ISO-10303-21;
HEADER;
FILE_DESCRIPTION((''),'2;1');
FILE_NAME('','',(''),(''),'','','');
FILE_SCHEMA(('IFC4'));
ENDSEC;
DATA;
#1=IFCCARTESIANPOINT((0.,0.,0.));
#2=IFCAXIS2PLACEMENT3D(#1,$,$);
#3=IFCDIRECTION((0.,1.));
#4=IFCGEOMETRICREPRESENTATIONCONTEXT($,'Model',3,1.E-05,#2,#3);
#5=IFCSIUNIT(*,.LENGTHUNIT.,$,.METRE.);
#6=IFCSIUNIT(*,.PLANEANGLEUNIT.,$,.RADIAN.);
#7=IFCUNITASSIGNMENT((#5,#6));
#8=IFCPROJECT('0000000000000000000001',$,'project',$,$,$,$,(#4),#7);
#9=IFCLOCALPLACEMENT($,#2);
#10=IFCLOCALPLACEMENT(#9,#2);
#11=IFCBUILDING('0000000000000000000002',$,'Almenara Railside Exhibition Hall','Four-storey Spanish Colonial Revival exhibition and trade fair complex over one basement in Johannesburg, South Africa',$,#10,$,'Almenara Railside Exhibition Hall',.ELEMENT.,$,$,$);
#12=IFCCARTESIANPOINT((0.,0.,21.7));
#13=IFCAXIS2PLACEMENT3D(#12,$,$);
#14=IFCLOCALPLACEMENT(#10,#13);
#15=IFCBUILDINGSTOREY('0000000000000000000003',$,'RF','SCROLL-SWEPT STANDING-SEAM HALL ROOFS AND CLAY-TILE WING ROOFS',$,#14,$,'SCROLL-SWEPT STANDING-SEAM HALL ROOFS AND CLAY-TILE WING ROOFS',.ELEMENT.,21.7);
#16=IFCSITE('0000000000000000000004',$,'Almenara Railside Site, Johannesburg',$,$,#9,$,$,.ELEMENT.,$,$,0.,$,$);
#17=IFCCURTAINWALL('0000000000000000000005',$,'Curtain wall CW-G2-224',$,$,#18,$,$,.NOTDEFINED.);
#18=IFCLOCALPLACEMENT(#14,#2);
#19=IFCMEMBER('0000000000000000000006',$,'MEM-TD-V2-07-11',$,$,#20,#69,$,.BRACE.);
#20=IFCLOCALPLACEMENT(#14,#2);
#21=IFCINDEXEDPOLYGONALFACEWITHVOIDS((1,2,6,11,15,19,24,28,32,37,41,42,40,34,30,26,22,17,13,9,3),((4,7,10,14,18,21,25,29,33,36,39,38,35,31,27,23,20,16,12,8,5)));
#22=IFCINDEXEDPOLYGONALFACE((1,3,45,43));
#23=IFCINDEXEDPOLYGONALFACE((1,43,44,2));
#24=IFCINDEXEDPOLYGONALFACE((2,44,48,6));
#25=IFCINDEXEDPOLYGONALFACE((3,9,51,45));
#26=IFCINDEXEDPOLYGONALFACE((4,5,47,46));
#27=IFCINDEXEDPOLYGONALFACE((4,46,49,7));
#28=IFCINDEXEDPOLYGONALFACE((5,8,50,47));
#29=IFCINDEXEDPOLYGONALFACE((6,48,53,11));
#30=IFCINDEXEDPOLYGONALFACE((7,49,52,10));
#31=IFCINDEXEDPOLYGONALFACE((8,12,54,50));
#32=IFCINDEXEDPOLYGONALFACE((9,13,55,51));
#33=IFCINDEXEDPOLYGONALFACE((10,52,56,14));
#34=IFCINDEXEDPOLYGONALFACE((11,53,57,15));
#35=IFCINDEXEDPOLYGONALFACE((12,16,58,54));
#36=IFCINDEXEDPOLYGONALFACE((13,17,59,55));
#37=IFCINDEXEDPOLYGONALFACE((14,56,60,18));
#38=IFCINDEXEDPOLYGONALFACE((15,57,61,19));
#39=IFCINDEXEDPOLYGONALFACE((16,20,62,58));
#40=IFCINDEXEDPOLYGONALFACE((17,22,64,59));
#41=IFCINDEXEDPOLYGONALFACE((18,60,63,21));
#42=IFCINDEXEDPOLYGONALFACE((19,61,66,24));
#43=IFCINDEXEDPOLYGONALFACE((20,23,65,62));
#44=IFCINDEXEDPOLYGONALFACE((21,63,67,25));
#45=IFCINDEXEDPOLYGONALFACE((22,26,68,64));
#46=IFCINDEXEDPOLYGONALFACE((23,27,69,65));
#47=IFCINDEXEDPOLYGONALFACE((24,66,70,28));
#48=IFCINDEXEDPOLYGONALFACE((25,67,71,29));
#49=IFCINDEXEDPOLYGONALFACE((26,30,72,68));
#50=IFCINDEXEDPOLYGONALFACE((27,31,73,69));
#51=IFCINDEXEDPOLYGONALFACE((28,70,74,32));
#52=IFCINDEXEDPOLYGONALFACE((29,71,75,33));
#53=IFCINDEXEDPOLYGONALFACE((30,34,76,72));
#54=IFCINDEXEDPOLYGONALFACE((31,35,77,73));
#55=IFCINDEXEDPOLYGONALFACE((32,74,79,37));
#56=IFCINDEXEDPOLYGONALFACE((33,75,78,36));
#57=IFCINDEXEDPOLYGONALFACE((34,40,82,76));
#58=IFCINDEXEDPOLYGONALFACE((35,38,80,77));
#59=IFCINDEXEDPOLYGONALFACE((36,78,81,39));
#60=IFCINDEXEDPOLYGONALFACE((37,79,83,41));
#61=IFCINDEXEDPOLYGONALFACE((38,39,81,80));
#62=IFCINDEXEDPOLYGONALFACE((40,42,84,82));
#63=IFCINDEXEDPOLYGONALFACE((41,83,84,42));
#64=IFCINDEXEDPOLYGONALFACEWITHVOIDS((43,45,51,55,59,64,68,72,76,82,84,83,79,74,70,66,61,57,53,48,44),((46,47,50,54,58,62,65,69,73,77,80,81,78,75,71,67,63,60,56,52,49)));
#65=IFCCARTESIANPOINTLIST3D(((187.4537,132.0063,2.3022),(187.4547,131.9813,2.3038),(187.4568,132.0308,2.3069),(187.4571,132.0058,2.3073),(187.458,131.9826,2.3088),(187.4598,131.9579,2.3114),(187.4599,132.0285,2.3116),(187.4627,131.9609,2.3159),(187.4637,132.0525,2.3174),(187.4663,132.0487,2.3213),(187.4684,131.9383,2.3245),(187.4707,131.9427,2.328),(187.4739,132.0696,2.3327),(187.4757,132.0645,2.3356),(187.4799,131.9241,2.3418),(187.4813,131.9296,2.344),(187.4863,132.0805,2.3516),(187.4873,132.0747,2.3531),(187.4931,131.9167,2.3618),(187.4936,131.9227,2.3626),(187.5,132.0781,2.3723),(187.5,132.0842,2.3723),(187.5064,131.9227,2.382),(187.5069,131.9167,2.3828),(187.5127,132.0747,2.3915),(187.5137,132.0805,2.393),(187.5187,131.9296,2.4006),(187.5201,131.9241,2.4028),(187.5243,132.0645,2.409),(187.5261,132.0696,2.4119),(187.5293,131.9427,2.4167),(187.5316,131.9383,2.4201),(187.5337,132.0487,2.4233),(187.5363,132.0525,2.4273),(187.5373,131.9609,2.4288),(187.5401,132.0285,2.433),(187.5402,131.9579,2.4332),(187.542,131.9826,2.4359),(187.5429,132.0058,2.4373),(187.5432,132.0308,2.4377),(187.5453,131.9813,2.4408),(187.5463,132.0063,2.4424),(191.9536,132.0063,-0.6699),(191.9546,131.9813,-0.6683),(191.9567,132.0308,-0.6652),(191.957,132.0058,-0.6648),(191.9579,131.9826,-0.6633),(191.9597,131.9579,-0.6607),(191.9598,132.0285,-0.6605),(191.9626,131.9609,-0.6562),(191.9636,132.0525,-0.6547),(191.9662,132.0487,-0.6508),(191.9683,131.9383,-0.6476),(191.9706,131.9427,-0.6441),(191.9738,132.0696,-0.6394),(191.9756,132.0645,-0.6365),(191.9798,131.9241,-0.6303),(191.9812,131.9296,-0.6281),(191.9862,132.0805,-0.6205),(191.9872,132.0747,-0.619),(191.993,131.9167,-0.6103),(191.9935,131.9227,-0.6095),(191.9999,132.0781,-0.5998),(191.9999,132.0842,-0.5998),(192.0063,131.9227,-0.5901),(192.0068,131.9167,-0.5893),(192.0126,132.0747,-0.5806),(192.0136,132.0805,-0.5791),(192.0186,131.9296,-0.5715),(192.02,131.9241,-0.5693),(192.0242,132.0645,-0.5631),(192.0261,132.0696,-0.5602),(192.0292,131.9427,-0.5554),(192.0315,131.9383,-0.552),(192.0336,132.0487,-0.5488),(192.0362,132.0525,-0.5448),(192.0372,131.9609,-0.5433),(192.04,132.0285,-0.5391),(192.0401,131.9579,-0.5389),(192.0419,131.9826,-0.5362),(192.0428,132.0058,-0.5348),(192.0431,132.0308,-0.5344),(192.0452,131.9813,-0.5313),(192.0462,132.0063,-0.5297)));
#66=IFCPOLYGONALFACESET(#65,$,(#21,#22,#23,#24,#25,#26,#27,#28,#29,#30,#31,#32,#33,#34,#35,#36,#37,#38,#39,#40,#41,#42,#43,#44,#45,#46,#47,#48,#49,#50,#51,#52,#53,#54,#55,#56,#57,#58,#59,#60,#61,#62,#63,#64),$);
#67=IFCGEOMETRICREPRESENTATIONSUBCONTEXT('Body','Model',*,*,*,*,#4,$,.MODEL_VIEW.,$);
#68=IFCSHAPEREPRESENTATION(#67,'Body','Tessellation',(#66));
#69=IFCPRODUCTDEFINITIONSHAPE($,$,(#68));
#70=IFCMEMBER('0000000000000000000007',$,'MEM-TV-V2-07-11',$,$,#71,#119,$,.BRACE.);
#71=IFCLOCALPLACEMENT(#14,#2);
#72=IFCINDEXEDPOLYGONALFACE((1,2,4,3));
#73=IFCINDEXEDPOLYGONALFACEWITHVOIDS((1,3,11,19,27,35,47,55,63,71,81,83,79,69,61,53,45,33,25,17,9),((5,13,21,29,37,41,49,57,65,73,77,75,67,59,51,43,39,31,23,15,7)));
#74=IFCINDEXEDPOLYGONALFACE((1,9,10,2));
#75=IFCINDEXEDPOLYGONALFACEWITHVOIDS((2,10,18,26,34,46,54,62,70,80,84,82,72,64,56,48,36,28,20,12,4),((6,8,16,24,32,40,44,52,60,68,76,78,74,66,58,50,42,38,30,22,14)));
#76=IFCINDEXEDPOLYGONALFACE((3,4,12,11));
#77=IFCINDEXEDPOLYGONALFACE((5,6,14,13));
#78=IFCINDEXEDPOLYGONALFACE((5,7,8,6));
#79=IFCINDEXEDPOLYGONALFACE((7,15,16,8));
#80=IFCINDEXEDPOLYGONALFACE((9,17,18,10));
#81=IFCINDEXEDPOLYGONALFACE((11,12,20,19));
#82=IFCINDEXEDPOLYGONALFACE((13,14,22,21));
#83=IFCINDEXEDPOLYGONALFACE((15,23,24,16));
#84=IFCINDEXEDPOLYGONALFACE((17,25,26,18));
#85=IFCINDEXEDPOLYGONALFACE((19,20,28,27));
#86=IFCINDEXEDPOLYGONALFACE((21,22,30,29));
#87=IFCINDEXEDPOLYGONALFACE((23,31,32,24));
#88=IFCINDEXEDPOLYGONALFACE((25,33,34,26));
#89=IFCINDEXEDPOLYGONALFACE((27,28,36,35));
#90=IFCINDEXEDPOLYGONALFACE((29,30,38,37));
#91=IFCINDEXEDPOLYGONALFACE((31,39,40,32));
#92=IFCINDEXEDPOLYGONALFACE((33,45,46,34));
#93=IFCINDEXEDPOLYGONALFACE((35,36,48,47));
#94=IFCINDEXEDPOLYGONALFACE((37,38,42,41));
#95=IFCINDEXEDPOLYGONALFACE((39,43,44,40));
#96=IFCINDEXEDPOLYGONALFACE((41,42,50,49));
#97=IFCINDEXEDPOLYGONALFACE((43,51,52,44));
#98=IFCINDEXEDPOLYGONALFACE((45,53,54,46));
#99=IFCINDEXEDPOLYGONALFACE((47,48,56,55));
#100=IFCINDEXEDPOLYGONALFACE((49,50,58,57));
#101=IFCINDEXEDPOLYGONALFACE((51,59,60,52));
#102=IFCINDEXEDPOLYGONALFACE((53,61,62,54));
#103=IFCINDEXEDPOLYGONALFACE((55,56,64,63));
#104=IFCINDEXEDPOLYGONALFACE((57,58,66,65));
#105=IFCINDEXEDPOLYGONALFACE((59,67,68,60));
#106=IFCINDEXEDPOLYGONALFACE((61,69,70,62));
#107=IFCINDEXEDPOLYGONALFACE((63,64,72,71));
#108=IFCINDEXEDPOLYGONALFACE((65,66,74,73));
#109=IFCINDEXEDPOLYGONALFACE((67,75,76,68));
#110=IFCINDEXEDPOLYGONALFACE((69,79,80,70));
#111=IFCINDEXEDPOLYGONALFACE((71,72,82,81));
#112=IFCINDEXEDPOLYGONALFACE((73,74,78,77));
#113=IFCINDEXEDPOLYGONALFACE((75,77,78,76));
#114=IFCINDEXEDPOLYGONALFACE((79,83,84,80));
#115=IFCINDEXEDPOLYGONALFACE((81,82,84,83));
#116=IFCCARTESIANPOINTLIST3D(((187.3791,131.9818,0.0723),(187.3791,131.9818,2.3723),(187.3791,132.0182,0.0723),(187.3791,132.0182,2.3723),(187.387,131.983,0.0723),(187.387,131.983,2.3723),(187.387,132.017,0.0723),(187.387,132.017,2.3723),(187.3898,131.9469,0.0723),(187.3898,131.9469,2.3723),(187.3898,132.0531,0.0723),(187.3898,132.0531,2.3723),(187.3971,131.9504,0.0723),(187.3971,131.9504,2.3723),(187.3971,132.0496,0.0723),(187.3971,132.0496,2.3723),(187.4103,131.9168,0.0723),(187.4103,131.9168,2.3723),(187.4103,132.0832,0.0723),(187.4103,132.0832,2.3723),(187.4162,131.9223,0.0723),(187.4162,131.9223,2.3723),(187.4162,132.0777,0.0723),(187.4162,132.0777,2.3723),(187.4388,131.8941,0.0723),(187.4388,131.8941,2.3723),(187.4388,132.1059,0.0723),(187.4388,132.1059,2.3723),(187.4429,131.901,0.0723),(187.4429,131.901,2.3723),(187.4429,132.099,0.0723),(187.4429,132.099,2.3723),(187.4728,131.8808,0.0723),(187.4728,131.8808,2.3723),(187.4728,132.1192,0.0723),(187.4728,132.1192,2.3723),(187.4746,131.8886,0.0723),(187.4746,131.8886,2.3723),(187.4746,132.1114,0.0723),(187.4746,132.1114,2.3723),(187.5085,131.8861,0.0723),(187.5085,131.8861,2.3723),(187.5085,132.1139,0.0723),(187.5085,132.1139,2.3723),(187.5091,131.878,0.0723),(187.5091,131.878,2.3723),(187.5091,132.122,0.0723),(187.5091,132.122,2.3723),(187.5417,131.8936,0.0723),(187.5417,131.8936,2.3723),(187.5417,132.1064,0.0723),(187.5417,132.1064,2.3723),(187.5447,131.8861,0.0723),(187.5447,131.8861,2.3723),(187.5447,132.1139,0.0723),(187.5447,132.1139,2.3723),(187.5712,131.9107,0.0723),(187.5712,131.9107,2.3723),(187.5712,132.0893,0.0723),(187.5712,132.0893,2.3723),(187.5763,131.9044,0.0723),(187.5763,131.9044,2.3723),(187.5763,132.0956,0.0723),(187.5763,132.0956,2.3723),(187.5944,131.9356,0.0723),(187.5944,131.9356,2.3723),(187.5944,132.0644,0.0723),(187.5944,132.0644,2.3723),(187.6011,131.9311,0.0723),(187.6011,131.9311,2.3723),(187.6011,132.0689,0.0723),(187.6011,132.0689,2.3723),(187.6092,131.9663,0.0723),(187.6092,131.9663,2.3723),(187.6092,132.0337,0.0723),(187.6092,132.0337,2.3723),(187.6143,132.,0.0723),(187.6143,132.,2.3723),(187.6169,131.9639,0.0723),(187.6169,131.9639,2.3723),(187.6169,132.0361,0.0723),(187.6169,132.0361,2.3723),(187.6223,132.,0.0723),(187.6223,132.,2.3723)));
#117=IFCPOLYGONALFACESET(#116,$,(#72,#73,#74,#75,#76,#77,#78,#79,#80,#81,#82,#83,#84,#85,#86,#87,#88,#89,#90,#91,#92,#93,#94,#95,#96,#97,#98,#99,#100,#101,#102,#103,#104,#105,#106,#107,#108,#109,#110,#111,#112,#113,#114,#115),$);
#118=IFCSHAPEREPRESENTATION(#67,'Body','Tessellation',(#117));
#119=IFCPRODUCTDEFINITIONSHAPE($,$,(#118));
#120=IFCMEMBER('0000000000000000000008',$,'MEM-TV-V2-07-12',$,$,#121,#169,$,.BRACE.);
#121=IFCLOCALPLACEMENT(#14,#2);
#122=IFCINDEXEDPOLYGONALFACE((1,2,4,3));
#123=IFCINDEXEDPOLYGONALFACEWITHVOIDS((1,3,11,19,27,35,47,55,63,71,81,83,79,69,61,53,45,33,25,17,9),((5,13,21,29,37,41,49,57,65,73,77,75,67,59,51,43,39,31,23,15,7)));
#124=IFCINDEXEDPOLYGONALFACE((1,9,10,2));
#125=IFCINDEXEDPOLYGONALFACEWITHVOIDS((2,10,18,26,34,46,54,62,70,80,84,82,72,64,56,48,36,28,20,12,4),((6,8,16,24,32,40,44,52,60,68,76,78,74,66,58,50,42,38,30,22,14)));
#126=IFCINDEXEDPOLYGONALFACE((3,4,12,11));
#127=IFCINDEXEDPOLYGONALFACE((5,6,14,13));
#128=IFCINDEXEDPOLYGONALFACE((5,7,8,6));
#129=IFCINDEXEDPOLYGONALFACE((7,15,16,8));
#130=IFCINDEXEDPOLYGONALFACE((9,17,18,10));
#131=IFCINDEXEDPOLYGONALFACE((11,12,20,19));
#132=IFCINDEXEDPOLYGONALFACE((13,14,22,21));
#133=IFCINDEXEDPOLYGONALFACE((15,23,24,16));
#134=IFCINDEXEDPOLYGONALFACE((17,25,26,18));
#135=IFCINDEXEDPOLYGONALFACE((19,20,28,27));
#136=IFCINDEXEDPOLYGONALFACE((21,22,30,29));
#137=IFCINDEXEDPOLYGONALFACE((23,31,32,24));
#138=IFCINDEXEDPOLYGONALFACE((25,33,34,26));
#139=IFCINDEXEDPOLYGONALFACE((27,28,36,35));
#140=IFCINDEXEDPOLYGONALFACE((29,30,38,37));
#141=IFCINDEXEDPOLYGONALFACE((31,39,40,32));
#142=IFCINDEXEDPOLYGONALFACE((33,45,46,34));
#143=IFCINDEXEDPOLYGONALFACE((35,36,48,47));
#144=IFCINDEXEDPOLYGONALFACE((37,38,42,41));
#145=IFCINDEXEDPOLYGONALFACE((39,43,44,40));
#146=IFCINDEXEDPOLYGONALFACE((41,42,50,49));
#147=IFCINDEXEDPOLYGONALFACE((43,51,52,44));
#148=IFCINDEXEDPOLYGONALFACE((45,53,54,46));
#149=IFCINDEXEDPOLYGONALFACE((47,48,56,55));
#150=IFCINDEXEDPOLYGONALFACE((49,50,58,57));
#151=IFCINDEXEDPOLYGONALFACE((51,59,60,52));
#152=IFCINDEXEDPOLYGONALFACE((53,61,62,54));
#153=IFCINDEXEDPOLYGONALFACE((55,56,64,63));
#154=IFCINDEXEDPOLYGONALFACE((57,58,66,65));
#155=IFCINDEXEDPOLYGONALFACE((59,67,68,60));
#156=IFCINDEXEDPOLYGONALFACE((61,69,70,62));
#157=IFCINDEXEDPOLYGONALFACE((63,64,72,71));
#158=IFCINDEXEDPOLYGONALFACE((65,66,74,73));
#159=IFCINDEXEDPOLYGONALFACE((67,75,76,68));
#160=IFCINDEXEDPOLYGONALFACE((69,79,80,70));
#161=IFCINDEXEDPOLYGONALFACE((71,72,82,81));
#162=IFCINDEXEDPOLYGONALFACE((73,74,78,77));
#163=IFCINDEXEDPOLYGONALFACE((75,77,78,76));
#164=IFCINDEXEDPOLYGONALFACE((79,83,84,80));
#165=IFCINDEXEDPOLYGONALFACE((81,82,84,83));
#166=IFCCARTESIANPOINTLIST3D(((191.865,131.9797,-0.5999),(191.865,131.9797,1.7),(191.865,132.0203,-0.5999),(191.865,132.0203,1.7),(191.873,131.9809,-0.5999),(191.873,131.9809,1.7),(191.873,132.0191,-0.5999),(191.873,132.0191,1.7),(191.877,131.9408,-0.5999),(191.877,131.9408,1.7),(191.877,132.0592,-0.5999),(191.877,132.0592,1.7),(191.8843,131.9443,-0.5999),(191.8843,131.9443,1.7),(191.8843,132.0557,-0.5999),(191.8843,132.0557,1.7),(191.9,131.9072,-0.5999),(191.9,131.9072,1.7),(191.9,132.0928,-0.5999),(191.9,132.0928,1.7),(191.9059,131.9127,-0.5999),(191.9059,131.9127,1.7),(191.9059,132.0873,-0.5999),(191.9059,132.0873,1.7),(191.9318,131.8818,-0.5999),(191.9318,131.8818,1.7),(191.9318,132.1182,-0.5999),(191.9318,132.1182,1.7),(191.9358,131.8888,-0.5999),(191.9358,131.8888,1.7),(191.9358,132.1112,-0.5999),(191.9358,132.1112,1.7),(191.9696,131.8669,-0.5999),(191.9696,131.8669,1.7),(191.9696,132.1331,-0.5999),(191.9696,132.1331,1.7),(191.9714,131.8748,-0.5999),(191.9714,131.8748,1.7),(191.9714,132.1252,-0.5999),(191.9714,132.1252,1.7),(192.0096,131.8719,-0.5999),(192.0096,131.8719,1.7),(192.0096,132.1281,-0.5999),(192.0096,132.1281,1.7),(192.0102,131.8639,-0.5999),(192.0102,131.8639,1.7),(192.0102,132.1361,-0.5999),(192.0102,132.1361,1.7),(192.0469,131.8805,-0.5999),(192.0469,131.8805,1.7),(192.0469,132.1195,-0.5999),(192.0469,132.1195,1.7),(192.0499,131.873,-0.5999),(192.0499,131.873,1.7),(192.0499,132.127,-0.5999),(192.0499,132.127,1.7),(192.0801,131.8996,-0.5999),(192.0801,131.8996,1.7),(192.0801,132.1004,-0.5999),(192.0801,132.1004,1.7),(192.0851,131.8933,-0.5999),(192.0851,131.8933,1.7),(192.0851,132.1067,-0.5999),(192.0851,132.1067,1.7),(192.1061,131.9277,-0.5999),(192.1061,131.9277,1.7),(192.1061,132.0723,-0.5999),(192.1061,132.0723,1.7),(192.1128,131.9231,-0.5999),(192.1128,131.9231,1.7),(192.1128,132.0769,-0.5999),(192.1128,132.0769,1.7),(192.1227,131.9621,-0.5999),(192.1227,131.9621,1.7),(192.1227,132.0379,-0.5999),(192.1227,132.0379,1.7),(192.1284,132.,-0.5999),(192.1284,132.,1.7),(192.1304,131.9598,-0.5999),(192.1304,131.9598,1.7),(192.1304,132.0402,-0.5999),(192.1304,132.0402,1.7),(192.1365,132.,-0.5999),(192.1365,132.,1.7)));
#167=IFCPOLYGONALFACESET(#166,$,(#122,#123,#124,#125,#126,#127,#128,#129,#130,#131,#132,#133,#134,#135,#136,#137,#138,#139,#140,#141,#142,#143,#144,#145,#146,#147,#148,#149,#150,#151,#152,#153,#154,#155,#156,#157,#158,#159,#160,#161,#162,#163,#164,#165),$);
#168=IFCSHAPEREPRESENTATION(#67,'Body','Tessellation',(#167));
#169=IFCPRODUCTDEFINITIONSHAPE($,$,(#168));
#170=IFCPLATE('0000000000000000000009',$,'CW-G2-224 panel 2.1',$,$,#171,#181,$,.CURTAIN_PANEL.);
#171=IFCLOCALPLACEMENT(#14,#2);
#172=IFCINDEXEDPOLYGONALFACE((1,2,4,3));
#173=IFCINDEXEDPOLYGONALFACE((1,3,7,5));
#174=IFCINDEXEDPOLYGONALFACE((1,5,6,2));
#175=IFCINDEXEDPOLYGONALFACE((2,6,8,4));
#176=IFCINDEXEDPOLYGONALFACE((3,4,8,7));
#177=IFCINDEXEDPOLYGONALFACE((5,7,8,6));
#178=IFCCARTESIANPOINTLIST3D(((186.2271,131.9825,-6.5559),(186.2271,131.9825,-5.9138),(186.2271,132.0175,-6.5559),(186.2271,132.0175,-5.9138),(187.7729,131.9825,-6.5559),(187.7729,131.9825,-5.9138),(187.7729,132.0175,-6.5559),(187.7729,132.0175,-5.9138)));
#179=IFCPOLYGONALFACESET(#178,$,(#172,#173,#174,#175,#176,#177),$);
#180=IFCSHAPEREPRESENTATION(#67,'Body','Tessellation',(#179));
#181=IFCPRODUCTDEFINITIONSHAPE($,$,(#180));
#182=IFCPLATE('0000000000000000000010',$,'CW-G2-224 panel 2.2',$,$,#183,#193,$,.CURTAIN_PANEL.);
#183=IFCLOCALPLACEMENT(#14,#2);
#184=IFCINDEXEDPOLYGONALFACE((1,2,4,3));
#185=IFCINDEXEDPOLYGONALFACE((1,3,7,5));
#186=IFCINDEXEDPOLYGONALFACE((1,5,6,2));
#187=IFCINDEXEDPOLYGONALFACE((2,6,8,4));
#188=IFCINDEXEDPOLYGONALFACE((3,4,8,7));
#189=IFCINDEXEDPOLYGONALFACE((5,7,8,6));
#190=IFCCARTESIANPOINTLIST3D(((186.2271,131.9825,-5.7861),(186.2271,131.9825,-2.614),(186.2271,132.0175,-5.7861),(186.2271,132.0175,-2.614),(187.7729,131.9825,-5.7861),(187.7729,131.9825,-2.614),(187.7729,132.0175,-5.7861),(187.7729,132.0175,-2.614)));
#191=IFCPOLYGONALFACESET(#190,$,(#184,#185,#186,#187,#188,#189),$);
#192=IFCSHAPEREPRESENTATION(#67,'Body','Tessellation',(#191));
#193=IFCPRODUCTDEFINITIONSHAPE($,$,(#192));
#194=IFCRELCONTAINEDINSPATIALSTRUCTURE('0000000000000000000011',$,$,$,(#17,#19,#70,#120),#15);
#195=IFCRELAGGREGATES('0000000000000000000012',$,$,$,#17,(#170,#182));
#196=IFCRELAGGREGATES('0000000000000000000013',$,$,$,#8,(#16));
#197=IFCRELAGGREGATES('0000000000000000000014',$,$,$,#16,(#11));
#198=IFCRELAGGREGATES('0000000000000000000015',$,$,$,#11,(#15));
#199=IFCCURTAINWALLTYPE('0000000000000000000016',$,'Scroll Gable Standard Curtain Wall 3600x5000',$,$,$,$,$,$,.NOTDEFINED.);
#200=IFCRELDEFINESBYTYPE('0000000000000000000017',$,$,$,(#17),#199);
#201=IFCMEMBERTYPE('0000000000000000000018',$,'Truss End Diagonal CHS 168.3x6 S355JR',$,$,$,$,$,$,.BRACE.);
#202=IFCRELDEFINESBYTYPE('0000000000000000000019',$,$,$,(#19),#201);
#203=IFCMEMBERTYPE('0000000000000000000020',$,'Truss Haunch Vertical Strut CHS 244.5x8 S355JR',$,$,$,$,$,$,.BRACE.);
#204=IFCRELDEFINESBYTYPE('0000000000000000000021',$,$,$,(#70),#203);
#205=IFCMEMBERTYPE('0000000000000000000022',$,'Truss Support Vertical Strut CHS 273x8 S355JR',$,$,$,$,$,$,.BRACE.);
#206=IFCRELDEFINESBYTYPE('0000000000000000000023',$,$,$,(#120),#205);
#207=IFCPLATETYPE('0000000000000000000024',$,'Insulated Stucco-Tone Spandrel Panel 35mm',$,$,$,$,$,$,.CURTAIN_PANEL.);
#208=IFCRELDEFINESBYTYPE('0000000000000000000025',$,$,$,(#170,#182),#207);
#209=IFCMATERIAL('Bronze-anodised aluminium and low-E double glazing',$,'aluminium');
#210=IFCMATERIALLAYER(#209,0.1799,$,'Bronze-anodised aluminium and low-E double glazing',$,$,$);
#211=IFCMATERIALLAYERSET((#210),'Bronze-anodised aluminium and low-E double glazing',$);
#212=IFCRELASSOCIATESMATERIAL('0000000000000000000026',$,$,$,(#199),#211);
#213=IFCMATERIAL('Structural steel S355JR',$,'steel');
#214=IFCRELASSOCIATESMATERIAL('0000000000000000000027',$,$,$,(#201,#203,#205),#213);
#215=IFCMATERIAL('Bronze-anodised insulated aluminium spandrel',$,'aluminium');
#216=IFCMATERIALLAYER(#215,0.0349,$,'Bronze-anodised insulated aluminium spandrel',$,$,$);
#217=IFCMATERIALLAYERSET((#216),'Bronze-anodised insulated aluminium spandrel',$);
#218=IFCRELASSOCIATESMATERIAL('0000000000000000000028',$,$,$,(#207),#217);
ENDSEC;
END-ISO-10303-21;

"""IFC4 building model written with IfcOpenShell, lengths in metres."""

from ifc_helpers import new_model, si_unit, direction, frame, origin, origin_2d, place, context, subcontext, project, spatial, rectangle, hollow_circle, extrude, material, layer, layer_set, material_profile, profile_set, type_object, element, aggregate, save


model = new_model("IFC4")

# Units and contexts
model_context = context("Model", 3, precision=1e-05, world=origin(), true_north=direction((0.0, 1.0)))
body_context = subcontext(model_context, "Body", "Model", "MODEL_VIEW")
ifc_project = project(units=[si_unit("LENGTHUNIT", "METRE"), si_unit("PLANEANGLEUNIT", "RADIAN")], contexts=[model_context])

# Site, building, storey
site_placement = place(None, origin())
site = spatial("IfcSite", under=ifc_project, at=site_placement, Name="Almenara Railside Site, Johannesburg", CompositionType="ELEMENT", RefElevation=0.0)
building_placement = place(site_placement, origin())
building = spatial("IfcBuilding", under=site, at=building_placement, Name="Almenara Railside Exhibition Hall", Description="Four-storey Spanish Colonial Revival exhibition and trade fair complex over one basement in Johannesburg, South Africa", LongName="Almenara Railside Exhibition Hall", CompositionType="ELEMENT")
storey_placement = place(building_placement, frame((0.0, 0.0, 21.7)))
storey = spatial("IfcBuildingStorey", under=building, at=storey_placement, Name="RF", Description="SCROLL-SWEPT STANDING-SEAM HALL ROOFS AND CLAY-TILE WING ROOFS", LongName="SCROLL-SWEPT STANDING-SEAM HALL ROOFS AND CLAY-TILE WING ROOFS", CompositionType="ELEMENT", Elevation=21.7)

# Shared definitions
ifc_material_1 = material(Name="Structural steel S355JR", Category="steel")

# Curtain wall
ifc_material_2 = material(Name="Bronze-anodised aluminium and low-E double glazing", Category="aluminium")
ifc_layer_1 = layer(ifc_material_2, 0.1799, Name="Bronze-anodised aluminium and low-E double glazing")
ifc_layer_set_1 = layer_set([ifc_layer_1], Name="Bronze-anodised aluminium and low-E double glazing")
curtain_wall_type = type_object("IfcCurtainWallType", Name="Scroll Gable Standard Curtain Wall 3600x5000", PredefinedType="NOTDEFINED", material=ifc_layer_set_1)
curtain_wall_placement = place(storey_placement, origin())
curtain_wall = element("IfcCurtainWall", 1, at=curtain_wall_placement, inside=storey, type_object=curtain_wall_type, Name="Curtain wall CW-G2-224", PredefinedType="NOTDEFINED")

# Members
ifc_material_profile_1 = material_profile(ifc_material_1, hollow_circle(Radius=0.0842, WallThickness=0.0061, at=origin_2d()), Name="CHS 168.3x6")
ifc_profile_set_1 = profile_set([ifc_material_profile_1], Name="Structural steel S355JR")
member_type_1 = type_object("IfcMemberType", Name="Truss End Diagonal CHS 168.3x6 S355JR", PredefinedType="BRACE", material=ifc_profile_set_1)
member_1_placement = place(storey_placement, frame((187.5, 132.0, 2.3723), z_axis=(0.834425, 0.0, -0.551122), x_axis=(0.0, 1.0, 0.0)))
element("IfcMember", 2, at=member_1_placement, inside=storey, type_object=member_type_1, Name="MEM-TD-V2-07-11", PredefinedType="BRACE", context=body_context, shape_type="SweptSolid", body=[
    extrude(hollow_circle(Radius=0.0842, WallThickness=0.0061, at=origin_2d()), origin(), (0.0, 0.0, 1.0), 5.3928),
])
ifc_material_profile_2 = material_profile(ifc_material_1, hollow_circle(Radius=0.1223, WallThickness=0.0081, at=origin_2d()), Name="CHS 244.5x8")
ifc_profile_set_2 = profile_set([ifc_material_profile_2], Name="Structural steel S355JR")
member_type_2 = type_object("IfcMemberType", Name="Truss Haunch Vertical Strut CHS 244.5x8 S355JR", PredefinedType="BRACE", material=ifc_profile_set_2)
member_2_placement = place(storey_placement, frame((187.5, 132.0, 0.0723), z_axis=(0.0, 0.0, 1.0), x_axis=(1.0, 0.0, 0.0)))
element("IfcMember", 3, at=member_2_placement, inside=storey, type_object=member_type_2, Name="MEM-TV-V2-07-11", PredefinedType="BRACE", context=body_context, shape_type="SweptSolid", body=[
    extrude(hollow_circle(Radius=0.1223, WallThickness=0.0081, at=origin_2d()), origin(), (0.0, 0.0, 1.0), 2.3),
])
ifc_material_profile_3 = material_profile(ifc_material_1, hollow_circle(Radius=0.1365, WallThickness=0.0081, at=origin_2d()), Name="CHS 273x8")
ifc_profile_set_3 = profile_set([ifc_material_profile_3], Name="Structural steel S355JR")
member_type_3 = type_object("IfcMemberType", Name="Truss Support Vertical Strut CHS 273x8 S355JR", PredefinedType="BRACE", material=ifc_profile_set_3)
member_3_placement = place(storey_placement, frame((192.0, 132.0, -0.5999), z_axis=(0.0, 0.0, 1.0), x_axis=(1.0, 0.0, 0.0)))
element("IfcMember", 4, at=member_3_placement, inside=storey, type_object=member_type_3, Name="MEM-TV-V2-07-12", PredefinedType="BRACE", context=body_context, shape_type="SweptSolid", body=[
    extrude(hollow_circle(Radius=0.1365, WallThickness=0.0081, at=origin_2d()), origin(), (0.0, 0.0, 1.0), 2.2998),
])

# Plates
ifc_material_3 = material(Name="Bronze-anodised insulated aluminium spandrel", Category="aluminium")
ifc_layer_2 = layer(ifc_material_3, 0.0349, Name="Bronze-anodised insulated aluminium spandrel")
ifc_layer_set_2 = layer_set([ifc_layer_2], Name="Bronze-anodised insulated aluminium spandrel")
plate_type_1 = type_object("IfcPlateType", Name="Insulated Stucco-Tone Spandrel Panel 35mm", PredefinedType="CURTAIN_PANEL", material=ifc_layer_set_2)
plate_1_placement = place(storey_placement, frame((187.0, 132.0, -6.5559), z_axis=(0.0, 0.0, 1.0), x_axis=(1.0, 0.0, 0.0)))
plate_1 = element("IfcPlate", 5, at=plate_1_placement, type_object=plate_type_1, Name="CW-G2-224 panel 2.1", PredefinedType="CURTAIN_PANEL", context=body_context, shape_type="SweptSolid", body=[
    extrude(rectangle(XDim=1.5459, YDim=0.0349, at=origin_2d()), origin(), (0.0, 0.0, 1.0), 0.6421),
])
plate_2_placement = place(storey_placement, frame((187.0, 132.0, -5.7861), z_axis=(0.0, 0.0, 1.0), x_axis=(1.0, 0.0, 0.0)))
plate_2 = element("IfcPlate", 6, at=plate_2_placement, type_object=plate_type_1, Name="CW-G2-224 panel 2.2", PredefinedType="CURTAIN_PANEL", context=body_context, shape_type="SweptSolid", body=[
    extrude(rectangle(XDim=1.5459, YDim=0.0349, at=origin_2d()), origin(), (0.0, 0.0, 1.0), 3.1721),
])
aggregate(curtain_wall, [plate_1, plate_2])

save(model, "model.ifc")
